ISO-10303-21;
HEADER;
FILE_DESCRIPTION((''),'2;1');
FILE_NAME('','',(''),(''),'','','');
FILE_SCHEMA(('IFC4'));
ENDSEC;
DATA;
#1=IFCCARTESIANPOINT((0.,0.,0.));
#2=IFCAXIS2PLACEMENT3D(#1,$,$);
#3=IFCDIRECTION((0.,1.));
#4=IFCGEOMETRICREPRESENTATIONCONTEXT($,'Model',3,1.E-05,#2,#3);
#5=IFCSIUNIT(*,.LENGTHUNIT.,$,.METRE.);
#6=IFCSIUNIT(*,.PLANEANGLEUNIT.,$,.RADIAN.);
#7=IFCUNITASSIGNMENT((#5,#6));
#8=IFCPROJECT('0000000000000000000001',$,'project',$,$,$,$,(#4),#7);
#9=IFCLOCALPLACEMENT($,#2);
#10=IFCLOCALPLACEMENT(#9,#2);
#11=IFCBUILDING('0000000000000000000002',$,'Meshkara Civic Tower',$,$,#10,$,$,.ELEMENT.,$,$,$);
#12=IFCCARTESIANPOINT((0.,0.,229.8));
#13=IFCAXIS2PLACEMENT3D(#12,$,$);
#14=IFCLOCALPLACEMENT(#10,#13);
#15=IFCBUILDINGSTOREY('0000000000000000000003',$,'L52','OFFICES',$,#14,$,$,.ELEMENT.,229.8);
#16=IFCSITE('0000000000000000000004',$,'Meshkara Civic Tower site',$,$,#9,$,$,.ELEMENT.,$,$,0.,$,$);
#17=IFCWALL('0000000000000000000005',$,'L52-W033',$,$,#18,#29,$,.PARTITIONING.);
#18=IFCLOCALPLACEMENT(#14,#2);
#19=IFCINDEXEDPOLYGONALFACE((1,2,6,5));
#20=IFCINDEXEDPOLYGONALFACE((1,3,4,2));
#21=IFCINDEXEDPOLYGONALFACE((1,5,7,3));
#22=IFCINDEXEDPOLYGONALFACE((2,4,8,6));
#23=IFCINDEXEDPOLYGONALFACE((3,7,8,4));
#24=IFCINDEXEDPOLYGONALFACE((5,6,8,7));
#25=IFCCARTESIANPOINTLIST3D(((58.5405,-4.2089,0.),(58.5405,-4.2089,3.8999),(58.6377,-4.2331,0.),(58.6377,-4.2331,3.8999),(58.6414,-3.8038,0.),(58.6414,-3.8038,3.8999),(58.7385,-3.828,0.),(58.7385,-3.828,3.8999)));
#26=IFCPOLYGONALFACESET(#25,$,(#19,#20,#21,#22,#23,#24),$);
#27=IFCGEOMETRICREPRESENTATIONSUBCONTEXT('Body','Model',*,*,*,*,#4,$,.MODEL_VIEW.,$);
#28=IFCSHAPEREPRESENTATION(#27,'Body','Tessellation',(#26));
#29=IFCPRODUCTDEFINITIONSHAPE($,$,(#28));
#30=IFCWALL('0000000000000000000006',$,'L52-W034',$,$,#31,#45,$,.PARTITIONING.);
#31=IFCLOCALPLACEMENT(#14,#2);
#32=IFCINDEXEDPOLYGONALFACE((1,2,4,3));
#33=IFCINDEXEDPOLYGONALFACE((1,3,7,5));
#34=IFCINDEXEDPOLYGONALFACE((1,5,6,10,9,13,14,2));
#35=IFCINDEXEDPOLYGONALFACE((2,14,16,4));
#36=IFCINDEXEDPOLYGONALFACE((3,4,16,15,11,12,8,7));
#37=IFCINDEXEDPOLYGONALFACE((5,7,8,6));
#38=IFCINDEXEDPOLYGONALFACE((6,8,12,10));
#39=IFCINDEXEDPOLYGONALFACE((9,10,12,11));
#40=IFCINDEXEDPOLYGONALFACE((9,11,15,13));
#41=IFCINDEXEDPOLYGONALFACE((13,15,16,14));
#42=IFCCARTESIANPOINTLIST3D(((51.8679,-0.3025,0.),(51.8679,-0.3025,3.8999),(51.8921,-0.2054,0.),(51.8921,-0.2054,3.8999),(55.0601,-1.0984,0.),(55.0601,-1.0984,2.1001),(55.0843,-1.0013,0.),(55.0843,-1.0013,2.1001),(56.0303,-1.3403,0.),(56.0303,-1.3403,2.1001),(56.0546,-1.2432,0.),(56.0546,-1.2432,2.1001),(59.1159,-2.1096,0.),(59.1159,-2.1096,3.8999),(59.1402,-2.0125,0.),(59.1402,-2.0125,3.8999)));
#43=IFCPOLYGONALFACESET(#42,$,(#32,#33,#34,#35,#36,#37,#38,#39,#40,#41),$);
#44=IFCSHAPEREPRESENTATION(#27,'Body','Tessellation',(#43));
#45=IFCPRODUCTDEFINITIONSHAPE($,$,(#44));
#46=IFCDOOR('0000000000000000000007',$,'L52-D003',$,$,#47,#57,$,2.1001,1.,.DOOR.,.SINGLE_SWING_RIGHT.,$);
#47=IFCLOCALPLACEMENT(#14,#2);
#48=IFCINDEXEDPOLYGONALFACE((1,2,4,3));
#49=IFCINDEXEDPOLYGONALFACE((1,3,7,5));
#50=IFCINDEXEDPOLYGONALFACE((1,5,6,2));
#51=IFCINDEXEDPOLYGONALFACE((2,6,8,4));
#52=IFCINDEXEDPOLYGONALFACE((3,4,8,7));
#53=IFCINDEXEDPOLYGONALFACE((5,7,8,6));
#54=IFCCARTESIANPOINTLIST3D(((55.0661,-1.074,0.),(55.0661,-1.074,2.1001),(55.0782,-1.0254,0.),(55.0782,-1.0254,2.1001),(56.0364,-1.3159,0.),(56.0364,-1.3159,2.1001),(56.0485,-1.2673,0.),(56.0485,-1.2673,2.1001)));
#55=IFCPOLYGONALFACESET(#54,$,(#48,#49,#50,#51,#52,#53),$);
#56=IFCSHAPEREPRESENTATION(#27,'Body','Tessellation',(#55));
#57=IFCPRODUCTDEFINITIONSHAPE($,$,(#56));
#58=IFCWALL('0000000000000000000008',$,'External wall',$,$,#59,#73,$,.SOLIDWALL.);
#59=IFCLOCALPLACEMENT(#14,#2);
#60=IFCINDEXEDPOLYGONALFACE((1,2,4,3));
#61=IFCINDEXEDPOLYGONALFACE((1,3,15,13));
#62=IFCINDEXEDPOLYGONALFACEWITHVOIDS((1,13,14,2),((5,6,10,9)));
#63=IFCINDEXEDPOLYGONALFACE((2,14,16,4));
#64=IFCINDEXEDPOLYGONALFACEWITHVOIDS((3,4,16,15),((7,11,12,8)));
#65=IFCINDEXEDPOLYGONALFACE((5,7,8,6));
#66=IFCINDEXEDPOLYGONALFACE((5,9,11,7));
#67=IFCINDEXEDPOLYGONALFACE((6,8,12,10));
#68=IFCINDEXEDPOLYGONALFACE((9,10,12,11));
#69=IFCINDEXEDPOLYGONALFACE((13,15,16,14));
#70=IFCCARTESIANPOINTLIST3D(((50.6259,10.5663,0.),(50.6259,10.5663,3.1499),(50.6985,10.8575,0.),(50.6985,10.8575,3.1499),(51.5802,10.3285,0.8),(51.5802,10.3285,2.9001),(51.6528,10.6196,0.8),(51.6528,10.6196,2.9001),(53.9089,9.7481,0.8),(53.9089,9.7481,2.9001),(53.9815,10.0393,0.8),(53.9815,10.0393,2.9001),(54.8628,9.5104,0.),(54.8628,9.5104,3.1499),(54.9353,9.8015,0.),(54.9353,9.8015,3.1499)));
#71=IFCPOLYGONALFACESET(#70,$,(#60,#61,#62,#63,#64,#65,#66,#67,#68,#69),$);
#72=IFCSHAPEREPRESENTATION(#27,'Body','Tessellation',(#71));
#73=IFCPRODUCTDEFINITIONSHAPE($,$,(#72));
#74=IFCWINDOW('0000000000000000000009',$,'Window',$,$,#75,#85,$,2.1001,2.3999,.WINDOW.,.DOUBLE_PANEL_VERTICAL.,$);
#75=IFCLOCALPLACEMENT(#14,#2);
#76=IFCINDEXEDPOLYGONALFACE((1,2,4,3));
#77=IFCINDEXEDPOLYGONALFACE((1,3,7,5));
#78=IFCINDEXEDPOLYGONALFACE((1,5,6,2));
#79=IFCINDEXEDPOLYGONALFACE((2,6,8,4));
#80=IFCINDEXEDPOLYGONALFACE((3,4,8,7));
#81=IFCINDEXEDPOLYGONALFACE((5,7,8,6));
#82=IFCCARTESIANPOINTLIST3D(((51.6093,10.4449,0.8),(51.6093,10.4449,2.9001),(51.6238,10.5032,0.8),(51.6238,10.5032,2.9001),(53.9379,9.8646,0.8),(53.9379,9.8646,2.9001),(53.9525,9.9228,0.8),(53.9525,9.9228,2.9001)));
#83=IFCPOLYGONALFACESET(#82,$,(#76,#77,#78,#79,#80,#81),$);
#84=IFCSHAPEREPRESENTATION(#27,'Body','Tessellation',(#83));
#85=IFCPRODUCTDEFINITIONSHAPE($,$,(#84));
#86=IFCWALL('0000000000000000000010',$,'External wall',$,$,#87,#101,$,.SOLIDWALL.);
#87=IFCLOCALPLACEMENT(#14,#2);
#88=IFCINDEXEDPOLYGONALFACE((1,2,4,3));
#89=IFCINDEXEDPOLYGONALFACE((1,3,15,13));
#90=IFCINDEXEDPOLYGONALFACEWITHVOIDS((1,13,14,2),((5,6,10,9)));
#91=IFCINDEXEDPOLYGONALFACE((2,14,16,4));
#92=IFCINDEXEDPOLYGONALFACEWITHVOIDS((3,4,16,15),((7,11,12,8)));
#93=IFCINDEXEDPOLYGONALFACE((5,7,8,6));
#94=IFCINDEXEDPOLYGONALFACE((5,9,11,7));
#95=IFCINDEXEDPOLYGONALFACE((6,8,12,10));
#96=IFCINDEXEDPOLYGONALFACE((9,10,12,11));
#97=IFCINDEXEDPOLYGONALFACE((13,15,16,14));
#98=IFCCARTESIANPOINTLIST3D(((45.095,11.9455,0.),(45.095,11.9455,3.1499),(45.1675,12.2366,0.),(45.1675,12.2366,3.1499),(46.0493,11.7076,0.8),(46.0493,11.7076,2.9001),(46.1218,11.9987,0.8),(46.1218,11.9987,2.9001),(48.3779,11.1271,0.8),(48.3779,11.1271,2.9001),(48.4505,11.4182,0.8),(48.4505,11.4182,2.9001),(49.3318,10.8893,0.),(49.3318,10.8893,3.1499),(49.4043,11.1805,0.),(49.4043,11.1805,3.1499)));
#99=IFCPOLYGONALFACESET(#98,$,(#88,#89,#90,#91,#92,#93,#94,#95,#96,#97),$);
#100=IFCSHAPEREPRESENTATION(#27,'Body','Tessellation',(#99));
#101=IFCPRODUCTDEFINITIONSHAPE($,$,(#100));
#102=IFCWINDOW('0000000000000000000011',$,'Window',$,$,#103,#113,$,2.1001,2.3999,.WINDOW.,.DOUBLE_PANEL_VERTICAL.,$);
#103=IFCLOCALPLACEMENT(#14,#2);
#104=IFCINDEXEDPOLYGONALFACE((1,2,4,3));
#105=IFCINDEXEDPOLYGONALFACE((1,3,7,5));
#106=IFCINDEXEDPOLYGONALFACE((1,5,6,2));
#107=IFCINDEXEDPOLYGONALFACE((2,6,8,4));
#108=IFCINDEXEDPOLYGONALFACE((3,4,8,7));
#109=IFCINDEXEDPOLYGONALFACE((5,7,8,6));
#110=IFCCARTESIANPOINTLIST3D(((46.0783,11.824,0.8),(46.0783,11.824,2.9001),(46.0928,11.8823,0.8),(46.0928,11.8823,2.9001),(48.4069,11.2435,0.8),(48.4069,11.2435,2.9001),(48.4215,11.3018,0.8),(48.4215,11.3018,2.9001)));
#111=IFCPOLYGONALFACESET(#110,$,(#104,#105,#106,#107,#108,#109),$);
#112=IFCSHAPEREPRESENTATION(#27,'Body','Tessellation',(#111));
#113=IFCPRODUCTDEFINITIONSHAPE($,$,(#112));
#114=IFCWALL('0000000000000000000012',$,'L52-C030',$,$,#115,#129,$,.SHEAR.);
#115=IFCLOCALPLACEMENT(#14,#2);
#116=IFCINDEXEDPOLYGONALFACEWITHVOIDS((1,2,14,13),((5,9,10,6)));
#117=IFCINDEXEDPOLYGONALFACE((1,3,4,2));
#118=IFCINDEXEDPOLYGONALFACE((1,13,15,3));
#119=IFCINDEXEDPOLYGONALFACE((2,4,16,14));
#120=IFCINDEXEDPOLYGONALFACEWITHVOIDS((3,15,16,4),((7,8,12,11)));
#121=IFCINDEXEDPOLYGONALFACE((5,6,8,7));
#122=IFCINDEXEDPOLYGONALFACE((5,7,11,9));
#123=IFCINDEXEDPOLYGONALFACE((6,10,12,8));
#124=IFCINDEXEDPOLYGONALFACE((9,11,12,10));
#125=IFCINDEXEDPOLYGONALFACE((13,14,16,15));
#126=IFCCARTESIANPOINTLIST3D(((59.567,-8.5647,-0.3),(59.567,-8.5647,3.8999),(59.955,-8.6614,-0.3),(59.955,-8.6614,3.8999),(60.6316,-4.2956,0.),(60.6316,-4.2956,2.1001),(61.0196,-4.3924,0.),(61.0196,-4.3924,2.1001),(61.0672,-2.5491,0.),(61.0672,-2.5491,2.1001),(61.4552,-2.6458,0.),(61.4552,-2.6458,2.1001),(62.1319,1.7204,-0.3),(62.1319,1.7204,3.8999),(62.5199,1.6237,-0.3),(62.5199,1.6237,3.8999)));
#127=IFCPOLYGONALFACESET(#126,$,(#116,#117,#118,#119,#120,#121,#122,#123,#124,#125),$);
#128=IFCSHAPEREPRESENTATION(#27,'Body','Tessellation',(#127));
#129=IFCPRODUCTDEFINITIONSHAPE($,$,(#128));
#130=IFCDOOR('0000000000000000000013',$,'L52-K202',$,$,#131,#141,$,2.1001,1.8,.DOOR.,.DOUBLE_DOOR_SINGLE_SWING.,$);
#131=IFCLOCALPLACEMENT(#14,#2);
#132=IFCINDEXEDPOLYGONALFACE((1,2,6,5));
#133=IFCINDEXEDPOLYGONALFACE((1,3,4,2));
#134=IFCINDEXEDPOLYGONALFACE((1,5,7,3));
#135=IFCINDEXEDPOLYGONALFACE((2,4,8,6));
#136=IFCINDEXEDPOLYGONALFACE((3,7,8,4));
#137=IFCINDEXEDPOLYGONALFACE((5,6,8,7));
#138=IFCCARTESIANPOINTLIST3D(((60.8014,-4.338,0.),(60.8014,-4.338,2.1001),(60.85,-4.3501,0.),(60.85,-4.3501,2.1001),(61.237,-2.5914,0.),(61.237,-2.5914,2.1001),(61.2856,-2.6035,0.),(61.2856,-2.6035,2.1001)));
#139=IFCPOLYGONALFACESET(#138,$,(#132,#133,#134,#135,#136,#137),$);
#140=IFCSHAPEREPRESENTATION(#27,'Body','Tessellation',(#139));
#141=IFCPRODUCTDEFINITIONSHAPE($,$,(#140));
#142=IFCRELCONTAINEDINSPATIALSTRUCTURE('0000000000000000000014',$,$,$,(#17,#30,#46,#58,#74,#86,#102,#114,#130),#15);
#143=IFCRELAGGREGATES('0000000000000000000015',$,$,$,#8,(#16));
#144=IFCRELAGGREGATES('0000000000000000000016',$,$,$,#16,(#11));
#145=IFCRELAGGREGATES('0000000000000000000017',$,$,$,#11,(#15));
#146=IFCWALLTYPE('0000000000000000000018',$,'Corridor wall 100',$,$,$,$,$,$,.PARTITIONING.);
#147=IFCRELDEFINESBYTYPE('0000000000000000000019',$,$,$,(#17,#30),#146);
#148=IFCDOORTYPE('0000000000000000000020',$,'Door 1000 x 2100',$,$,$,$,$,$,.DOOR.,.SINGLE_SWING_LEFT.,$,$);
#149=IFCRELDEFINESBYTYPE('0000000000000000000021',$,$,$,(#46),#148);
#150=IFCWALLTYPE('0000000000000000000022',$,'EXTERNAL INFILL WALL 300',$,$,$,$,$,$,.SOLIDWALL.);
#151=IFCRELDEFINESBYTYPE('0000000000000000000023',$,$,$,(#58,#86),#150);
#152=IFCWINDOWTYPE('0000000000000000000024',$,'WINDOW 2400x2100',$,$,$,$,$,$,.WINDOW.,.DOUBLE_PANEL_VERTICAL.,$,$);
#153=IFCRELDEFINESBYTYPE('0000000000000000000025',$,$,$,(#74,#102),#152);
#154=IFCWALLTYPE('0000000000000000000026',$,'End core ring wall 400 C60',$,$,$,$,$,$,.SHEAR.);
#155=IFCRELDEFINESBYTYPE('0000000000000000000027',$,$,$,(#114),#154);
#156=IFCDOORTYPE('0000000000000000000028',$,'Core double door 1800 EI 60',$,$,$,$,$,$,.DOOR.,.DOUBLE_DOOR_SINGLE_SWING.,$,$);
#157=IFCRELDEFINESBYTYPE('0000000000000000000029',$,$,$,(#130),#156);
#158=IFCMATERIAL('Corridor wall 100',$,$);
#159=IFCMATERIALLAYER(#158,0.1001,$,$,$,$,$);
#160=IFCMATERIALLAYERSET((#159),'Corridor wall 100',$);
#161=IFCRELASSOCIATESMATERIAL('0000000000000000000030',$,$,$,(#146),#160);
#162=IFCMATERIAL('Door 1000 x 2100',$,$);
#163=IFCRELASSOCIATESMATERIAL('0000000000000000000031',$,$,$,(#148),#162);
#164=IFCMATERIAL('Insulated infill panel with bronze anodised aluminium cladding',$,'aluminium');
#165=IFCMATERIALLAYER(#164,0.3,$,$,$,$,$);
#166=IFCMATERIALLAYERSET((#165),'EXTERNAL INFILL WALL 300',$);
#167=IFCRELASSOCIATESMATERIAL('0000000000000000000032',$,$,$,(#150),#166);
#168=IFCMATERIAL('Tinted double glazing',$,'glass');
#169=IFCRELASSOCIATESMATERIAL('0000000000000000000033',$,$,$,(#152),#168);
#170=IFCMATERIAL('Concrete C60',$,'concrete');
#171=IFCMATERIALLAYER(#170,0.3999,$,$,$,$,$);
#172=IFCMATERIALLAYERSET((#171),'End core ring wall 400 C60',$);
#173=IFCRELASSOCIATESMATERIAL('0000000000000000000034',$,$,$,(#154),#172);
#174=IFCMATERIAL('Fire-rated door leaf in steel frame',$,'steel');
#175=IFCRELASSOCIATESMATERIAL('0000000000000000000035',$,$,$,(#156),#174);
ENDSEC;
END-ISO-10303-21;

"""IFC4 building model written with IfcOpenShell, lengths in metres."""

from ifc_helpers import new_model, si_unit, direction, frame, frame_2d, origin, place, context, subcontext, project, spatial, rectangle, extrude, material, layer, layer_set, type_object, element, fill, save


model = new_model("IFC4")

# Units and contexts
model_context = context("Model", 3, precision=1e-05, world=origin(), true_north=direction((0.0, 1.0)))
body_context = subcontext(model_context, "Body", "Model", "MODEL_VIEW")
ifc_project = project(units=[si_unit("LENGTHUNIT", "METRE"), si_unit("PLANEANGLEUNIT", "RADIAN")], contexts=[model_context])

# Site, building, storey
site_placement = place(None, origin())
site = spatial("IfcSite", under=ifc_project, at=site_placement, Name="Meshkara Civic Tower site", CompositionType="ELEMENT", RefElevation=0.0)
building_placement = place(site_placement, origin())
building = spatial("IfcBuilding", under=site, at=building_placement, Name="Meshkara Civic Tower", CompositionType="ELEMENT")
storey_placement = place(building_placement, frame((0.0, 0.0, 229.8)))
storey = spatial("IfcBuildingStorey", under=building, at=storey_placement, Name="L52", Description="OFFICES", CompositionType="ELEMENT", Elevation=229.8)

# Shared definitions
ifc_material_1 = material(Name="Corridor wall 100")
ifc_layer_1 = layer(ifc_material_1, 0.1001)
ifc_layer_set_1 = layer_set([ifc_layer_1], Name="Corridor wall 100")
wall_type_1 = type_object("IfcWallType", Name="Corridor wall 100", PredefinedType="PARTITIONING", material=ifc_layer_set_1)

# Wall
wall_1_placement = place(storey_placement, frame((58.6899, -3.8159, 0.0), z_axis=(0.0, 0.0, 1.0), x_axis=(-0.241572, -0.970383, 0.0)))
element("IfcWall", 1, at=wall_1_placement, inside=storey, type_object=wall_type_1, Name="L52-W033", PredefinedType="PARTITIONING", context=body_context, shape_type="SweptSolid", body=[
    extrude(rectangle(XDim=0.4175, YDim=0.1001, at=frame_2d((0.2087, 0.0))), origin(), (0.0, 0.0, 1.0), 3.8999),
])

# Wall, opening, door
wall_2_placement = place(storey_placement, frame((59.1279, -2.061, 0.0), z_axis=(0.0, 0.0, 1.0), x_axis=(-0.970296, 0.24192, 0.0)))
wall_2 = element("IfcWall", 2, at=wall_2_placement, inside=storey, type_object=wall_type_1, Name="L52-W034", PredefinedType="PARTITIONING", context=body_context, shape_type="SweptSolid", body=[
    extrude(rectangle(XDim=7.47, YDim=0.1001, at=frame_2d((3.7349, 0.0))), origin(), (0.0, 0.0, 1.0), 3.8999),
])
opening_1_placement = place(wall_2_placement, frame((3.1799, 0.0, 0.0)))
opening_1 = element("IfcOpeningElement", 3, at=opening_1_placement, cuts=wall_2, PredefinedType="OPENING", context=body_context, shape_type="SweptSolid", body=[
    extrude(rectangle(XDim=1.0, YDim=2.1001, at=frame_2d((0.5, 1.05))), frame((0.0, 0.0601, 0.0), z_axis=(0.0, -1.0, 0.0), x_axis=(1.0, 0.0, 0.0)), (0.0, 0.0, 1.0), 0.1201),
])
ifc_material_2 = material(Name="Door 1000 x 2100")
door_type_1 = type_object("IfcDoorType", Name="Door 1000 x 2100", OperationType="SINGLE_SWING_LEFT", PredefinedType="DOOR", material=ifc_material_2)
door_1_placement = place(opening_1_placement, origin())
door_1 = element("IfcDoor", 4, at=door_1_placement, inside=storey, type_object=door_type_1, Name="L52-D003", OperationType="SINGLE_SWING_RIGHT", OverallHeight=2.1001, OverallWidth=1.0, PredefinedType="DOOR", context=body_context, shape_type="SweptSolid", body=[
    extrude(rectangle(XDim=1.0, YDim=2.1001, at=frame_2d((0.5, 1.05))), frame((0.0, 0.0249, 0.0), z_axis=(0.0, -1.0, 0.0), x_axis=(1.0, 0.0, 0.0)), (0.0, 0.0, 1.0), 0.05),
])
fill(opening_1, door_1)

# Walls, openings, windows
ifc_material_3 = material(Name="Insulated infill panel with bronze anodised aluminium cladding", Category="aluminium")
ifc_layer_2 = layer(ifc_material_3, 0.3)
ifc_layer_set_2 = layer_set([ifc_layer_2], Name="EXTERNAL INFILL WALL 300")
wall_type_2 = type_object("IfcWallType", Name="EXTERNAL INFILL WALL 300", PredefinedType="SOLIDWALL", material=ifc_layer_set_2)
wall_3_placement = place(storey_placement, frame((54.8989, 9.656, 0.0), z_axis=(0.0, 0.0, 1.0), x_axis=(-0.97032, 0.241825, 0.0)))
wall_3 = element("IfcWall", 5, at=wall_3_placement, inside=storey, type_object=wall_type_2, Name="External wall", PredefinedType="SOLIDWALL", context=body_context, shape_type="SweptSolid", body=[
    extrude(rectangle(XDim=4.3665, YDim=0.3, at=frame_2d((2.1831, 0.0))), origin(), (0.0, 0.0, 1.0), 3.1499),
])
opening_2_placement = place(wall_3_placement, frame((0.9829, 0.0, 0.8)))
opening_2 = element("IfcOpeningElement", 6, at=opening_2_placement, cuts=wall_3, PredefinedType="OPENING", context=body_context, shape_type="SweptSolid", body=[
    extrude(rectangle(XDim=2.3999, YDim=2.1001, at=frame_2d((1.2, 1.05))), frame((0.0, 0.1599, 0.0), z_axis=(0.0, -1.0, 0.0), x_axis=(1.0, 0.0, 0.0)), (0.0, 0.0, 1.0), 0.3201),
])
ifc_material_4 = material(Name="Tinted double glazing", Category="glass")
window_type = type_object("IfcWindowType", Name="WINDOW 2400x2100", PartitioningType="DOUBLE_PANEL_VERTICAL", PredefinedType="WINDOW", material=ifc_material_4)
window_1_placement = place(opening_2_placement, origin())
window_1 = element("IfcWindow", 7, at=window_1_placement, inside=storey, type_object=window_type, Name="Window", OverallHeight=2.1001, OverallWidth=2.3999, PartitioningType="DOUBLE_PANEL_VERTICAL", PredefinedType="WINDOW", context=body_context, shape_type="SweptSolid", body=[
    extrude(rectangle(XDim=2.3999, YDim=2.1001, at=frame_2d((1.2, 1.05))), frame((0.0, 0.03, 0.0), z_axis=(0.0, -1.0, 0.0), x_axis=(1.0, 0.0, 0.0)), (0.0, 0.0, 1.0), 0.0601),
])
fill(opening_2, window_1)
wall_4_placement = place(storey_placement, frame((49.3679, 11.0349, 0.0), z_axis=(0.0, 0.0, 1.0), x_axis=(-0.970307, 0.241878, 0.0)))
wall_4 = element("IfcWall", 8, at=wall_4_placement, inside=storey, type_object=wall_type_2, Name="External wall", PredefinedType="SOLIDWALL", context=body_context, shape_type="SweptSolid", body=[
    extrude(rectangle(XDim=4.3665, YDim=0.3, at=frame_2d((2.1831, 0.0))), origin(), (0.0, 0.0, 1.0), 3.1499),
])
opening_3_placement = place(wall_4_placement, frame((0.9829, 0.0, 0.8)))
opening_3 = element("IfcOpeningElement", 9, at=opening_3_placement, cuts=wall_4, PredefinedType="OPENING", context=body_context, shape_type="SweptSolid", body=[
    extrude(rectangle(XDim=2.3999, YDim=2.1001, at=frame_2d((1.2, 1.05))), frame((0.0, 0.1599, 0.0), z_axis=(0.0, -1.0, 0.0), x_axis=(1.0, 0.0, 0.0)), (0.0, 0.0, 1.0), 0.3201),
])
window_2_placement = place(opening_3_placement, origin())
window_2 = element("IfcWindow", 10, at=window_2_placement, inside=storey, type_object=window_type, Name="Window", OverallHeight=2.1001, OverallWidth=2.3999, PartitioningType="DOUBLE_PANEL_VERTICAL", PredefinedType="WINDOW", context=body_context, shape_type="SweptSolid", body=[
    extrude(rectangle(XDim=2.3999, YDim=2.1001, at=frame_2d((1.2, 1.05))), frame((0.0, 0.03, 0.0), z_axis=(0.0, -1.0, 0.0), x_axis=(1.0, 0.0, 0.0)), (0.0, 0.0, 1.0), 0.0601),
])
fill(opening_3, window_2)

# Wall, opening, door
ifc_material_5 = material(Name="Concrete C60", Category="concrete")
ifc_layer_3 = layer(ifc_material_5, 0.3999)
ifc_layer_set_3 = layer_set([ifc_layer_3], Name="End core ring wall 400 C60")
wall_type_3 = type_object("IfcWallType", Name="End core ring wall 400 C60", PredefinedType="SHEAR", material=ifc_layer_set_3)
wall_5_placement = place(storey_placement, frame((59.761, -8.613, -0.3), z_axis=(0.0, 0.0, 1.0), x_axis=(0.241972, 0.970283, 0.0)))
wall_5 = element("IfcWall", 11, at=wall_5_placement, inside=storey, type_object=wall_type_3, Name="L52-C030", PredefinedType="SHEAR", context=body_context, shape_type="SweptSolid", body=[
    extrude(rectangle(XDim=10.6001, YDim=0.3999, at=frame_2d((5.3, 0.0))), origin(), (0.0, 0.0, 1.0), 4.2),
])
opening_4_placement = place(wall_5_placement, frame((4.3999, 0.0, 0.3)))
opening_4 = element("IfcOpeningElement", 12, at=opening_4_placement, cuts=wall_5, PredefinedType="OPENING", context=body_context, shape_type="SweptSolid", body=[
    extrude(rectangle(XDim=1.8, YDim=2.1001, at=frame_2d((0.8999, 1.05))), frame((0.0, 0.21, 0.0), z_axis=(0.0, -1.0, 0.0), x_axis=(1.0, 0.0, 0.0)), (0.0, 0.0, 1.0), 0.4199),
])
ifc_material_6 = material(Name="Fire-rated door leaf in steel frame", Category="steel")
door_type_2 = type_object("IfcDoorType", Name="Core double door 1800 EI 60", OperationType="DOUBLE_DOOR_SINGLE_SWING", PredefinedType="DOOR", material=ifc_material_6)
door_2_placement = place(opening_4_placement, origin())
door_2 = element("IfcDoor", 13, at=door_2_placement, inside=storey, type_object=door_type_2, Name="L52-K202", OperationType="DOUBLE_DOOR_SINGLE_SWING", OverallHeight=2.1001, OverallWidth=1.8, PredefinedType="DOOR", context=body_context, shape_type="SweptSolid", body=[
    extrude(rectangle(XDim=1.8, YDim=2.1001, at=frame_2d((0.8999, 1.05))), frame((0.0, 0.0249, 0.0), z_axis=(0.0, -1.0, 0.0), x_axis=(1.0, 0.0, 0.0)), (0.0, 0.0, 1.0), 0.05),
])
fill(opening_4, door_2)

save(model, "model.ifc")
